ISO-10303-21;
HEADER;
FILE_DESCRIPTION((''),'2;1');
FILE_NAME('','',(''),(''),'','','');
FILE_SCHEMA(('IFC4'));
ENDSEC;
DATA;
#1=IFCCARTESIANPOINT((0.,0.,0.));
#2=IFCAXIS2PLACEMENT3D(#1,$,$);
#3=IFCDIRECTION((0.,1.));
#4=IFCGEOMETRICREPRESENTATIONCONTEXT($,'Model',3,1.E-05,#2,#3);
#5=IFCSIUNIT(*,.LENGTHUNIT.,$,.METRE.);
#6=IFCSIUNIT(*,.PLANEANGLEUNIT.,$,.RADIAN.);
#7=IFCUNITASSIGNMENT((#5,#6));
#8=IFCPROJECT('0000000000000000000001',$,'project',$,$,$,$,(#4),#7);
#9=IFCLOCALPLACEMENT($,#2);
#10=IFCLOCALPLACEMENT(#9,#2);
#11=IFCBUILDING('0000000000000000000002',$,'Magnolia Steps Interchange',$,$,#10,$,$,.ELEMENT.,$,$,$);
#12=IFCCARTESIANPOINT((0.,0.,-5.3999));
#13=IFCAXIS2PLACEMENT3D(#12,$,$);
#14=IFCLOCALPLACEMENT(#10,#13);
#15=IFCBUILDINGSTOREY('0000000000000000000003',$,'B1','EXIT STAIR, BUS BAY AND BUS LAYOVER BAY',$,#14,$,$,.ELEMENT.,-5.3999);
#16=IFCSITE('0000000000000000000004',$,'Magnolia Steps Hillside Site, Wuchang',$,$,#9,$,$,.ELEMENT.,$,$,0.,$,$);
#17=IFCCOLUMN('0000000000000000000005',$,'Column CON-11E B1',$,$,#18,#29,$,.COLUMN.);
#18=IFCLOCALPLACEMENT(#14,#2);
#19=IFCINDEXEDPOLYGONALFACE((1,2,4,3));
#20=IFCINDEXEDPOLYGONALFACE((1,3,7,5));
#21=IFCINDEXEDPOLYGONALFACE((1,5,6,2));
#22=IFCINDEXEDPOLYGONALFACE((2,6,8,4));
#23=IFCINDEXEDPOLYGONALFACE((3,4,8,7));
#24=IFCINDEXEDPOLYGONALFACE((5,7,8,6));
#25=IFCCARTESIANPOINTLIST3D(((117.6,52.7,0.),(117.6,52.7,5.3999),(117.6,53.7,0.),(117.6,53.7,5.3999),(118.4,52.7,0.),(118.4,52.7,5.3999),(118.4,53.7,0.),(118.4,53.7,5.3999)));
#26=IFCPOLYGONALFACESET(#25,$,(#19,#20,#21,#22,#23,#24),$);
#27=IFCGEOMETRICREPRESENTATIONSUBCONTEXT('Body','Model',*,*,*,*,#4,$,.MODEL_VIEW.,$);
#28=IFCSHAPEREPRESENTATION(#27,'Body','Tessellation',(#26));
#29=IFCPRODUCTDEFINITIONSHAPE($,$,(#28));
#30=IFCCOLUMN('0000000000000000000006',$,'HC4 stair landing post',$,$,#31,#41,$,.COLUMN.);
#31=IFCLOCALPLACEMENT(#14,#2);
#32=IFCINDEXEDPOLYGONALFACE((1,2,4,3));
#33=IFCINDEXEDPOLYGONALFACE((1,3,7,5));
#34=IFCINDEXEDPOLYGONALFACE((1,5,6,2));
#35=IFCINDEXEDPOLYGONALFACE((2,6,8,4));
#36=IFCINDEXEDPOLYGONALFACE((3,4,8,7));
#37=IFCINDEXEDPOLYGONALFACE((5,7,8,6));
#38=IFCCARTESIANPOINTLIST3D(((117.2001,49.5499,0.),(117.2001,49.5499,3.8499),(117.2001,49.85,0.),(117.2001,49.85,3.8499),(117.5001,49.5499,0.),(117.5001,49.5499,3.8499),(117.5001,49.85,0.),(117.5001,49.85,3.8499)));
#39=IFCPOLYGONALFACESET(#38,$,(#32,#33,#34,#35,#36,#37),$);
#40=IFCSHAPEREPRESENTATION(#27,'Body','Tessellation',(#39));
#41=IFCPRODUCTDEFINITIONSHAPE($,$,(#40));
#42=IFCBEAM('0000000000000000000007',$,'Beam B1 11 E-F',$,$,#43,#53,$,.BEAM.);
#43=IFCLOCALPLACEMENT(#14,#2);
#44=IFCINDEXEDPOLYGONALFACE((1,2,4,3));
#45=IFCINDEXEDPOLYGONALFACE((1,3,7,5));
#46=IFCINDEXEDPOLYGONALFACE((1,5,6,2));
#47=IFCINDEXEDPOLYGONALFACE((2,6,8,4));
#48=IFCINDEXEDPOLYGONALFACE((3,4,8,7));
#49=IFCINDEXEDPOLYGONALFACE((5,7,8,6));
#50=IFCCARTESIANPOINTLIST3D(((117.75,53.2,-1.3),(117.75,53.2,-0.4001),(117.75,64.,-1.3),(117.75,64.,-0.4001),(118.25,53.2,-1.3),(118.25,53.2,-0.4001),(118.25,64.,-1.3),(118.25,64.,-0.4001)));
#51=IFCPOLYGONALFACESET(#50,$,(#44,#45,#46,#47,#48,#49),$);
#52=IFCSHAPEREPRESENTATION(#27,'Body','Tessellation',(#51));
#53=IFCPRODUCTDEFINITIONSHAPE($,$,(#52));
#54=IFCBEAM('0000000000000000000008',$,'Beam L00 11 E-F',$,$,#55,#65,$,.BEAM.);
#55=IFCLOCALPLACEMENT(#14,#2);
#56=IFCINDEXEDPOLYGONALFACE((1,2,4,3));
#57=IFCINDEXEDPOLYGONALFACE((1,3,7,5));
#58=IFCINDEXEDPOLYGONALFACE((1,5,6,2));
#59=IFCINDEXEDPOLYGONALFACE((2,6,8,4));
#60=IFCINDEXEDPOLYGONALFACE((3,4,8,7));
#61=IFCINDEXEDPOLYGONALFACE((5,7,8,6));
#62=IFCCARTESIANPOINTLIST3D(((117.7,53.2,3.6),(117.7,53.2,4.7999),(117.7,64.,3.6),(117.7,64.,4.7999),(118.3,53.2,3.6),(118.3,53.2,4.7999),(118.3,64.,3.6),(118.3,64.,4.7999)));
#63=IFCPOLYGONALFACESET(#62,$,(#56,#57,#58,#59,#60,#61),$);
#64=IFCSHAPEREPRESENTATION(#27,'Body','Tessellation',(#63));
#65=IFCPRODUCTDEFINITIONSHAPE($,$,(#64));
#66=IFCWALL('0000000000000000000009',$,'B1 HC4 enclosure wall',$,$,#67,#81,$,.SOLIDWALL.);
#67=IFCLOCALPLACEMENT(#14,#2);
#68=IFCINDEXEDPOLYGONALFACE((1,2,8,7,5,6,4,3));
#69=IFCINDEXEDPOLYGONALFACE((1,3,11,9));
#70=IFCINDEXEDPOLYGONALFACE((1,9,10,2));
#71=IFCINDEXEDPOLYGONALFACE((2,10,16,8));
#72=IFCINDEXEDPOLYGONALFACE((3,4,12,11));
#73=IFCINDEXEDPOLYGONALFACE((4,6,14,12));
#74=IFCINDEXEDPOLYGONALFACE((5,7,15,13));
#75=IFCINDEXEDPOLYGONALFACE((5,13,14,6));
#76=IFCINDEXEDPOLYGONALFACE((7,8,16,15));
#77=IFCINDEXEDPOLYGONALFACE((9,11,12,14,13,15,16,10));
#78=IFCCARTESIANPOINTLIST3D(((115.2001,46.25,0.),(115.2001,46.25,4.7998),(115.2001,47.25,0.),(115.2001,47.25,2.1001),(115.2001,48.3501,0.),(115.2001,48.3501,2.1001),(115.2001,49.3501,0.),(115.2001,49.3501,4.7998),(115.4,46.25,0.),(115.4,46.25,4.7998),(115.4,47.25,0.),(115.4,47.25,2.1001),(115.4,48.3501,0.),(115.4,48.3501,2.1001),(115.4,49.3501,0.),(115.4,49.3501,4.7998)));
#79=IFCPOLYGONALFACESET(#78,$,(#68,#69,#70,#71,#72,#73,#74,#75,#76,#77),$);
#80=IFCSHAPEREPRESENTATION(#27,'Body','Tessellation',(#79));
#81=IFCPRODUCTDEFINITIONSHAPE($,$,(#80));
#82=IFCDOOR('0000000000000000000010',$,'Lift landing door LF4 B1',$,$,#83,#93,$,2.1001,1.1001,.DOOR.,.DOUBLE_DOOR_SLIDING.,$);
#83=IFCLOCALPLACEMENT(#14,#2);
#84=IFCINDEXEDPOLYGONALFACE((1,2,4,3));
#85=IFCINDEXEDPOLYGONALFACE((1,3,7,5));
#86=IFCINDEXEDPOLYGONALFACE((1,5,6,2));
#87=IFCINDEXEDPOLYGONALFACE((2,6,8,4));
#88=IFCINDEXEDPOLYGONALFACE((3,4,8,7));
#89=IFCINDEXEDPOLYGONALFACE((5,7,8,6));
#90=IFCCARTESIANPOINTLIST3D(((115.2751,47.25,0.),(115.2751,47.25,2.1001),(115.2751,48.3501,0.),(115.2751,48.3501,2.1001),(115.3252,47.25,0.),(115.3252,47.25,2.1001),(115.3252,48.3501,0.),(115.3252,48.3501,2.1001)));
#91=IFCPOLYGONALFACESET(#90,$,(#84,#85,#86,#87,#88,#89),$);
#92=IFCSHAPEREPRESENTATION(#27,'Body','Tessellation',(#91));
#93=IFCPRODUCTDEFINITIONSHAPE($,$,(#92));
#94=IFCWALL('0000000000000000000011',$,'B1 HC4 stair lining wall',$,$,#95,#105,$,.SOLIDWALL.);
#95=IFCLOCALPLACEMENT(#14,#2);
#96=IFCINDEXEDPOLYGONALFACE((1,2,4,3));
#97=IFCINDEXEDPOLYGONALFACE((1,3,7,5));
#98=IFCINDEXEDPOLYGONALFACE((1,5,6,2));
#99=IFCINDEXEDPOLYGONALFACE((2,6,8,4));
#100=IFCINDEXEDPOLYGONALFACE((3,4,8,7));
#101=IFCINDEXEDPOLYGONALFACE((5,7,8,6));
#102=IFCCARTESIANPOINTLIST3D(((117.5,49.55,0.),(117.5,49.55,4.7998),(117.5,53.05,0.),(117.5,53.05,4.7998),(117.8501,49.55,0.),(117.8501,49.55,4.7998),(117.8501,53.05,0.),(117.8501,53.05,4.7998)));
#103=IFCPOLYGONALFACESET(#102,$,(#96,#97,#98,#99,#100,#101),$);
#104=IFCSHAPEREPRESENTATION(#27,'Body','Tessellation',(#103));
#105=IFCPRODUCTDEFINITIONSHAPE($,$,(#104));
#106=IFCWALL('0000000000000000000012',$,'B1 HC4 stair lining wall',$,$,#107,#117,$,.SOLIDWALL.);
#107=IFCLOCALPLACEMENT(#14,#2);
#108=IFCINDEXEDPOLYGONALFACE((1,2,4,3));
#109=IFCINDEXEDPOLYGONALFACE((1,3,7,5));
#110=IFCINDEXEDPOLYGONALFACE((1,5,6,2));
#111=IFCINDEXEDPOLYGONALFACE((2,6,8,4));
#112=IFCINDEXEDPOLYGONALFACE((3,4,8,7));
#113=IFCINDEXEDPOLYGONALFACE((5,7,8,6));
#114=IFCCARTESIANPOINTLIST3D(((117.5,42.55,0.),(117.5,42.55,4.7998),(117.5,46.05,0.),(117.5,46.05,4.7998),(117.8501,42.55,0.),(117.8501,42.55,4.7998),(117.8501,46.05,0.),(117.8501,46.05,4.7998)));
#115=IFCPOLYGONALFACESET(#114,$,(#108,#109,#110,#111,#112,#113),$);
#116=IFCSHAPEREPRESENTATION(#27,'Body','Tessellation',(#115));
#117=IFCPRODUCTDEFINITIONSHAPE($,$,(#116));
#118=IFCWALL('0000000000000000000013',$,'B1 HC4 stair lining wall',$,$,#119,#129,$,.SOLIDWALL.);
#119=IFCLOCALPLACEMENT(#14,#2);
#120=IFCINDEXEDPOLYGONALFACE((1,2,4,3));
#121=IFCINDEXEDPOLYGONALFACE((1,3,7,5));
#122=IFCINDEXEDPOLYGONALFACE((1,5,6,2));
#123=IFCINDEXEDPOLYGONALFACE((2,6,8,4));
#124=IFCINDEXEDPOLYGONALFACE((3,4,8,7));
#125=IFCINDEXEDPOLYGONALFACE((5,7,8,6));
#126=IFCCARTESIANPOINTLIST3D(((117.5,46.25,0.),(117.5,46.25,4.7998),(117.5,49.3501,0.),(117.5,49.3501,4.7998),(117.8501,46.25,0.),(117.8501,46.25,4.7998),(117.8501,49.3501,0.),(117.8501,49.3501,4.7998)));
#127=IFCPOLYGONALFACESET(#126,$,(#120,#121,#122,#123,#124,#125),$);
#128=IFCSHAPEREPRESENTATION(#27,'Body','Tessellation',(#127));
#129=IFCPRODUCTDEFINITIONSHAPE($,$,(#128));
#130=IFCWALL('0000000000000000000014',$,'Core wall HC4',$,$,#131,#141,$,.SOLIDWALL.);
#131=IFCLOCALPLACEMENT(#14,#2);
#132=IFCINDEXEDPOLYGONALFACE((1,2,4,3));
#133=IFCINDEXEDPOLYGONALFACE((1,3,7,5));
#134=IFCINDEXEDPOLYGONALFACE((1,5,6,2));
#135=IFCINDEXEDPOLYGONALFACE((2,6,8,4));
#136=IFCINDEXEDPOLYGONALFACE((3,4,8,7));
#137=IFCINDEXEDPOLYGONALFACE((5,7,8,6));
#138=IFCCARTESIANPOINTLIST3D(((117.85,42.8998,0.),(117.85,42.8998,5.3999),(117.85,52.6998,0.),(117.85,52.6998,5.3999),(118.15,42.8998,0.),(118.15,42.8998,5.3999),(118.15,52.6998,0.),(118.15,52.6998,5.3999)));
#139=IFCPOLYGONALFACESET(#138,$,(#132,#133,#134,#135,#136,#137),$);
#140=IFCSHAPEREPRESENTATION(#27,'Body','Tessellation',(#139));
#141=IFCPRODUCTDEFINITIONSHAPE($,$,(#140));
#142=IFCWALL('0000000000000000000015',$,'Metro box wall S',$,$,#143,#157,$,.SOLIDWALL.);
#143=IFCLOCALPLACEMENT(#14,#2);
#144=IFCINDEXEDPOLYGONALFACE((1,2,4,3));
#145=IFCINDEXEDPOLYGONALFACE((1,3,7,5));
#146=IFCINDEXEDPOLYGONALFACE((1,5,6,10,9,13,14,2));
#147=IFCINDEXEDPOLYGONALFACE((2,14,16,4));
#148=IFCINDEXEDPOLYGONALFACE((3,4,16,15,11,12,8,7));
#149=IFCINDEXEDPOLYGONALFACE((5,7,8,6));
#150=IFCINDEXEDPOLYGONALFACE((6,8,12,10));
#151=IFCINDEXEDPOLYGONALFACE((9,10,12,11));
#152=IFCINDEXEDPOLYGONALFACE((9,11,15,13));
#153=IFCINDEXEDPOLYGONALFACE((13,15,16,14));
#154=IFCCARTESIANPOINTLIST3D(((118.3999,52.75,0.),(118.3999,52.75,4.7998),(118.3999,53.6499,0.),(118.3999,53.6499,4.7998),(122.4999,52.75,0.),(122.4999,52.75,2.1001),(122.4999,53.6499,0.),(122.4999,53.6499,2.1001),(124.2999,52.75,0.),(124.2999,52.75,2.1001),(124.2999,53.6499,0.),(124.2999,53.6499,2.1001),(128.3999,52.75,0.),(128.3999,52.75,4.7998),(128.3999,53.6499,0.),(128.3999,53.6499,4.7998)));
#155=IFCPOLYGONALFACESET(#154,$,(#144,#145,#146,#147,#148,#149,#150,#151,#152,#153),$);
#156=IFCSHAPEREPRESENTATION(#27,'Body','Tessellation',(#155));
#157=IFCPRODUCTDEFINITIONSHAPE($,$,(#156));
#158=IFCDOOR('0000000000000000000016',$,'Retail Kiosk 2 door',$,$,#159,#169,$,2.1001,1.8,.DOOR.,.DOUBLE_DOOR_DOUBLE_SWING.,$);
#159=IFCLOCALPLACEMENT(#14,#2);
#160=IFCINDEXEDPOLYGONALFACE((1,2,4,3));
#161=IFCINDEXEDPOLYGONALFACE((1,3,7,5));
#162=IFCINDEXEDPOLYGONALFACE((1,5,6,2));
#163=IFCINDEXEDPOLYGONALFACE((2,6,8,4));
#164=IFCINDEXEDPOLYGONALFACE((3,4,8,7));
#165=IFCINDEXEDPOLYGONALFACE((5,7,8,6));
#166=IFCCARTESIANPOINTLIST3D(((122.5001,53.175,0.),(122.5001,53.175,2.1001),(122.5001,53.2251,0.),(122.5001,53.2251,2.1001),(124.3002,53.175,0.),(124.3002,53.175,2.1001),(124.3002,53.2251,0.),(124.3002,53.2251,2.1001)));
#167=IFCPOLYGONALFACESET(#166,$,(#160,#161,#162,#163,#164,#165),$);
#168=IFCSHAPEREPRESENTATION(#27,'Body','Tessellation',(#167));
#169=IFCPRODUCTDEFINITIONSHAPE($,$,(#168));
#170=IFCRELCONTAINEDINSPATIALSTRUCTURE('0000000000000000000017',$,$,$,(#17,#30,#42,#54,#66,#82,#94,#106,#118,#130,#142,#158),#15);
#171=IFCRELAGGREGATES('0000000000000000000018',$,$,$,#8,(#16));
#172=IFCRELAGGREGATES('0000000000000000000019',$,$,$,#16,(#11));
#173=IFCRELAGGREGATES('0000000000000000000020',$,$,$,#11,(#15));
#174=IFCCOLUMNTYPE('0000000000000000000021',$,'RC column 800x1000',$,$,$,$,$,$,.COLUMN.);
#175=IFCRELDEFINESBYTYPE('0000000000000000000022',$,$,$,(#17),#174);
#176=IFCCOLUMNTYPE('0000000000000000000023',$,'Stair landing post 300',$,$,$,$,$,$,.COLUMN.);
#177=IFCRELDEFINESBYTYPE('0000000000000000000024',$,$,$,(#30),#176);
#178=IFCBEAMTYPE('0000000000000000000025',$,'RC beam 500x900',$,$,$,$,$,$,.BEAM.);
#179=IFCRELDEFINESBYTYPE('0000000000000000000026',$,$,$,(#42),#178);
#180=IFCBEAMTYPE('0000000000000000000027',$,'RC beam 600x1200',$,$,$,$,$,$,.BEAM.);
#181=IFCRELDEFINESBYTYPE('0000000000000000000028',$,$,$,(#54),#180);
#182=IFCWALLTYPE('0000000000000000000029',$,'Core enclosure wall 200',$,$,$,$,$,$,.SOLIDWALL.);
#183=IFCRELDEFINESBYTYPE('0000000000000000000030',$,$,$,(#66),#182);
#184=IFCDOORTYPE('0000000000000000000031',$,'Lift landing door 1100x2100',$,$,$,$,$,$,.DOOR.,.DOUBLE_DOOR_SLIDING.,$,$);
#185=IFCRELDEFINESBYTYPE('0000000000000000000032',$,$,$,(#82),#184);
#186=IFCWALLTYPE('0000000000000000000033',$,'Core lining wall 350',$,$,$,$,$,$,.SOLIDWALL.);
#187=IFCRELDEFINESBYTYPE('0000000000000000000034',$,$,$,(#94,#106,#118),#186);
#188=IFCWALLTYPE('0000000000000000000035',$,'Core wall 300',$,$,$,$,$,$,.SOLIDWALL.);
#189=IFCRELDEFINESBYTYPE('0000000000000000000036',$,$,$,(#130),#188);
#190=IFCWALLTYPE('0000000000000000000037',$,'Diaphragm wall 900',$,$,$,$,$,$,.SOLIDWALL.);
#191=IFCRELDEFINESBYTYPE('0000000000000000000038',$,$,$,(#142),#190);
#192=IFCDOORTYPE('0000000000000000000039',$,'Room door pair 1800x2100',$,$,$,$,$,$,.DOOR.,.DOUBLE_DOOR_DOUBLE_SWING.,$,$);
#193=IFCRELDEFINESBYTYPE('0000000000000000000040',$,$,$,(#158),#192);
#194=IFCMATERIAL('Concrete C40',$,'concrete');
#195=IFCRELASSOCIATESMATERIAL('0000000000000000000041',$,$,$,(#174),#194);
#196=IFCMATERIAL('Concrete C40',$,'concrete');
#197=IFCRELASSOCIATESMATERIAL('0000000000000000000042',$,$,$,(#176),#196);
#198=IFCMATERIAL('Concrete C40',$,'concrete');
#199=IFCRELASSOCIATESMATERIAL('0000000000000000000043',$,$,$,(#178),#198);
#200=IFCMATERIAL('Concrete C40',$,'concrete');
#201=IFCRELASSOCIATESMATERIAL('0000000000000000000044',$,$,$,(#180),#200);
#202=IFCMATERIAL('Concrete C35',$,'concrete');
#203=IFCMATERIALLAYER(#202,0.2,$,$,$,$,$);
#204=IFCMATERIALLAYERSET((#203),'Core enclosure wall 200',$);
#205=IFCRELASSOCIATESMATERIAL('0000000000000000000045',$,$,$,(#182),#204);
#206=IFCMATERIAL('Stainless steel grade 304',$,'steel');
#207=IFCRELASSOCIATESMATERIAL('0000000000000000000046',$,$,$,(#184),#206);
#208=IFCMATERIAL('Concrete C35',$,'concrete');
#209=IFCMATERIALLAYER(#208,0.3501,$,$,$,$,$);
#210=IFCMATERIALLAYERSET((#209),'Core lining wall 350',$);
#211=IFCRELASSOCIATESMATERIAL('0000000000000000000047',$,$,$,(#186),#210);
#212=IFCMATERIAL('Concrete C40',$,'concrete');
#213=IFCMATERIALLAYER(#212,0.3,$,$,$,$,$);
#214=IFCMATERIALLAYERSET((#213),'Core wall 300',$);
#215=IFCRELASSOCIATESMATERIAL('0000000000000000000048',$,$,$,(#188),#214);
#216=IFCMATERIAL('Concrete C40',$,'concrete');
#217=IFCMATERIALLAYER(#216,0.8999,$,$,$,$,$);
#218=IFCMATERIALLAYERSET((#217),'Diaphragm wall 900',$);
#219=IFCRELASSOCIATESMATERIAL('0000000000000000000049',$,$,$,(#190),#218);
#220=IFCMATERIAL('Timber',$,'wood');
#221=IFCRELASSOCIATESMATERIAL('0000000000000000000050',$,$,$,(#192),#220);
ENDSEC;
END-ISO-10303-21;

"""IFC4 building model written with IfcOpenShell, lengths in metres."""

from ifc_helpers import new_model, si_unit, direction, frame, frame_2d, origin, origin_2d, place, context, subcontext, project, spatial, rectangle, extrude, material, layer, layer_set, material_profile, profile_set, type_object, element, fill, save


model = new_model("IFC4")

# Units and contexts
model_context = context("Model", 3, precision=1e-05, world=origin(), true_north=direction((0.0, 1.0)))
body_context = subcontext(model_context, "Body", "Model", "MODEL_VIEW")
ifc_project = project(units=[si_unit("LENGTHUNIT", "METRE"), si_unit("PLANEANGLEUNIT", "RADIAN")], contexts=[model_context])

# Site, building, storey
site_placement = place(None, origin())
site = spatial("IfcSite", under=ifc_project, at=site_placement, Name="Magnolia Steps Hillside Site, Wuchang", CompositionType="ELEMENT", RefElevation=0.0)
building_placement = place(site_placement, origin())
building = spatial("IfcBuilding", under=site, at=building_placement, Name="Magnolia Steps Interchange", CompositionType="ELEMENT")
storey_placement = place(building_placement, frame((0.0, 0.0, -5.3999)))
storey = spatial("IfcBuildingStorey", under=building, at=storey_placement, Name="B1", Description="EXIT STAIR, BUS BAY AND BUS LAYOVER BAY", CompositionType="ELEMENT", Elevation=-5.3999)

# Columns
ifc_material_1 = material(Name="Concrete C40", Category="concrete")
ifc_material_profile_1 = material_profile(ifc_material_1, rectangle(XDim=0.8, YDim=1.0, at=origin_2d()), Name="RC800x1000")
ifc_profile_set_1 = profile_set([ifc_material_profile_1], Name="Concrete C40")
column_type_1 = type_object("IfcColumnType", Name="RC column 800x1000", PredefinedType="COLUMN", material=ifc_profile_set_1)
column_1_placement = place(storey_placement, frame((118.0, 53.2, 0.0), z_axis=(0.0, 0.0, 1.0), x_axis=(1.0, 0.0, 0.0)))
element("IfcColumn", 1, at=column_1_placement, inside=storey, type_object=column_type_1, Name="Column CON-11E B1", PredefinedType="COLUMN", context=body_context, shape_type="SweptSolid", body=[
    extrude(rectangle(XDim=0.8, YDim=1.0, at=origin_2d()), origin(), (0.0, 0.0, 1.0), 5.3999),
])
ifc_material_2 = material(Name="Concrete C40", Category="concrete")
ifc_material_profile_2 = material_profile(ifc_material_2, rectangle(XDim=0.3, YDim=0.3, at=origin_2d()), Name="RC300x300")
ifc_profile_set_2 = profile_set([ifc_material_profile_2], Name="Concrete C40")
column_type_2 = type_object("IfcColumnType", Name="Stair landing post 300", PredefinedType="COLUMN", material=ifc_profile_set_2)
column_2_placement = place(storey_placement, frame((117.3501, 49.7, 0.0), z_axis=(0.0, 0.0, 1.0), x_axis=(1.0, 0.0, 0.0)))
element("IfcColumn", 2, at=column_2_placement, inside=storey, type_object=column_type_2, Name="HC4 stair landing post", PredefinedType="COLUMN", context=body_context, shape_type="SweptSolid", body=[
    extrude(rectangle(XDim=0.3, YDim=0.3, at=origin_2d()), origin(), (0.0, 0.0, 1.0), 3.8499),
])

# Beams
ifc_material_3 = material(Name="Concrete C40", Category="concrete")
ifc_material_profile_3 = material_profile(ifc_material_3, rectangle(XDim=0.5, YDim=0.8999, at=origin_2d()), Name="RC500x900")
ifc_profile_set_3 = profile_set([ifc_material_profile_3], Name="Concrete C40")
beam_type_1 = type_object("IfcBeamType", Name="RC beam 500x900", PredefinedType="BEAM", material=ifc_profile_set_3)
beam_1_placement = place(storey_placement, frame((118.0, 53.2, -0.8501), z_axis=(0.0, 1.0, 0.0), x_axis=(-1.0, 0.0, 0.0)))
element("IfcBeam", 3, at=beam_1_placement, inside=storey, type_object=beam_type_1, Name="Beam B1 11 E-F", PredefinedType="BEAM", context=body_context, shape_type="SweptSolid", body=[
    extrude(rectangle(XDim=0.5, YDim=0.8999, at=origin_2d()), origin(), (0.0, 0.0, 1.0), 10.8),
])
ifc_material_4 = material(Name="Concrete C40", Category="concrete")
ifc_material_profile_4 = material_profile(ifc_material_4, rectangle(XDim=0.6001, YDim=1.2, at=origin_2d()), Name="RC600x1200")
ifc_profile_set_4 = profile_set([ifc_material_profile_4], Name="Concrete C40")
beam_type_2 = type_object("IfcBeamType", Name="RC beam 600x1200", PredefinedType="BEAM", material=ifc_profile_set_4)
beam_2_placement = place(storey_placement, frame((118.0, 53.2, 4.2), z_axis=(0.0, 1.0, 0.0), x_axis=(-1.0, 0.0, 0.0)))
element("IfcBeam", 4, at=beam_2_placement, inside=storey, type_object=beam_type_2, Name="Beam L00 11 E-F", PredefinedType="BEAM", context=body_context, shape_type="SweptSolid", body=[
    extrude(rectangle(XDim=0.6001, YDim=1.2, at=origin_2d()), origin(), (0.0, 0.0, 1.0), 10.8),
])

# Wall, opening, door
ifc_material_5 = material(Name="Concrete C35", Category="concrete")
ifc_layer_1 = layer(ifc_material_5, 0.2)
ifc_layer_set_1 = layer_set([ifc_layer_1], Name="Core enclosure wall 200")
wall_type_1 = type_object("IfcWallType", Name="Core enclosure wall 200", PredefinedType="SOLIDWALL", material=ifc_layer_set_1)
wall_1_placement = place(storey_placement, frame((115.3, 49.3501, 0.0), z_axis=(0.0, 0.0, 1.0), x_axis=(0.0, -1.0, 0.0)))
wall_1 = element("IfcWall", 5, at=wall_1_placement, inside=storey, type_object=wall_type_1, Name="B1 HC4 enclosure wall", PredefinedType="SOLIDWALL", context=body_context, shape_type="SweptSolid", body=[
    extrude(rectangle(XDim=3.1001, YDim=0.2, at=frame_2d((1.55, 0.0))), origin(), (0.0, 0.0, 1.0), 4.7998),
])
opening_1_placement = place(wall_1_placement, frame((1.0, 0.0, 0.0)))
opening_1 = element("IfcOpeningElement", 6, at=opening_1_placement, cuts=wall_1, PredefinedType="OPENING", context=body_context, shape_type="SweptSolid", body=[
    extrude(rectangle(XDim=1.1001, YDim=2.1001, at=frame_2d((0.55, 1.05))), frame((0.0, 0.1099, 0.0), z_axis=(0.0, -1.0, 0.0), x_axis=(1.0, 0.0, 0.0)), (0.0, 0.0, 1.0), 0.22),
])
ifc_material_6 = material(Name="Stainless steel grade 304", Category="steel")
door_type_1 = type_object("IfcDoorType", Name="Lift landing door 1100x2100", OperationType="DOUBLE_DOOR_SLIDING", PredefinedType="DOOR", material=ifc_material_6)
door_1_placement = place(opening_1_placement, frame((1.1001, 0.0, 0.0), z_axis=(0.0, 0.0, 1.0), x_axis=(-1.0, 0.0, 0.0)))
door_1 = element("IfcDoor", 7, at=door_1_placement, inside=storey, type_object=door_type_1, Name="Lift landing door LF4 B1", OperationType="DOUBLE_DOOR_SLIDING", OverallHeight=2.1001, OverallWidth=1.1001, PredefinedType="DOOR", context=body_context, shape_type="SweptSolid", body=[
    extrude(rectangle(XDim=1.1001, YDim=2.1001, at=frame_2d((0.55, 1.05))), frame((0.0, 0.0249, 0.0), z_axis=(0.0, -1.0, 0.0), x_axis=(1.0, 0.0, 0.0)), (0.0, 0.0, 1.0), 0.05),
])
fill(opening_1, door_1)

# Walls
ifc_material_7 = material(Name="Concrete C35", Category="concrete")
ifc_layer_2 = layer(ifc_material_7, 0.3501)
ifc_layer_set_2 = layer_set([ifc_layer_2], Name="Core lining wall 350")
wall_type_2 = type_object("IfcWallType", Name="Core lining wall 350", PredefinedType="SOLIDWALL", material=ifc_layer_set_2)
for number, where, z_axis, x_axis, name in (
    (8, (117.675, 53.05, 0.0), (0.0, 0.0, 1.0), (0.0, -1.0, 0.0), "B1 HC4 stair lining wall"),
    (9, (117.675, 46.05, 0.0), (0.0, 0.0, 1.0), (0.0, -1.0, 0.0), "B1 HC4 stair lining wall"),
):
    element("IfcWall", number, at=place(storey_placement, frame(where, z_axis=z_axis, x_axis=x_axis)), inside=storey, type_object=wall_type_2, Name=name, PredefinedType="SOLIDWALL", context=body_context, shape_type="SweptSolid", body=[
        extrude(rectangle(XDim=3.5, YDim=0.3501, at=frame_2d((1.75, 0.0))), origin(), (0.0, 0.0, 1.0), 4.7998),
    ])
wall_2_placement = place(storey_placement, frame((117.675, 49.3501, 0.0), z_axis=(0.0, 0.0, 1.0), x_axis=(0.0, -1.0, 0.0)))
element("IfcWall", 10, at=wall_2_placement, inside=storey, type_object=wall_type_2, Name="B1 HC4 stair lining wall", PredefinedType="SOLIDWALL", context=body_context, shape_type="SweptSolid", body=[
    extrude(rectangle(XDim=3.1001, YDim=0.3501, at=frame_2d((1.55, 0.0))), origin(), (0.0, 0.0, 1.0), 4.7998),
])
ifc_material_8 = material(Name="Concrete C40", Category="concrete")
ifc_layer_3 = layer(ifc_material_8, 0.3)
ifc_layer_set_3 = layer_set([ifc_layer_3], Name="Core wall 300")
wall_type_3 = type_object("IfcWallType", Name="Core wall 300", PredefinedType="SOLIDWALL", material=ifc_layer_set_3)
wall_3_placement = place(storey_placement, frame((118.0, 42.8999, 0.0), z_axis=(0.0, 0.0, 1.0), x_axis=(0.0, 1.0, 0.0)))
element("IfcWall", 11, at=wall_3_placement, inside=storey, type_object=wall_type_3, Name="Core wall HC4", PredefinedType="SOLIDWALL", context=body_context, shape_type="SweptSolid", body=[
    extrude(rectangle(XDim=9.8, YDim=0.3, at=frame_2d((4.8999, 0.0))), origin(), (0.0, 0.0, 1.0), 5.3999),
])

# Wall, opening, door
ifc_material_9 = material(Name="Concrete C40", Category="concrete")
ifc_layer_4 = layer(ifc_material_9, 0.8999)
ifc_layer_set_4 = layer_set([ifc_layer_4], Name="Diaphragm wall 900")
wall_type_4 = type_object("IfcWallType", Name="Diaphragm wall 900", PredefinedType="SOLIDWALL", material=ifc_layer_set_4)
wall_4_placement = place(storey_placement, frame((118.3999, 53.2, 0.0), z_axis=(0.0, 0.0, 1.0), x_axis=(1.0, 0.0, 0.0)))
wall_4 = element("IfcWall", 12, at=wall_4_placement, inside=storey, type_object=wall_type_4, Name="Metro box wall S", PredefinedType="SOLIDWALL", context=body_context, shape_type="SweptSolid", body=[
    extrude(rectangle(XDim=10.0, YDim=0.8999, at=frame_2d((5.0, 0.0))), origin(), (0.0, 0.0, 1.0), 4.7998),
])
opening_2_placement = place(wall_4_placement, frame((4.1001, 0.0, 0.0)))
opening_2 = element("IfcOpeningElement", 13, at=opening_2_placement, cuts=wall_4, PredefinedType="OPENING", context=body_context, shape_type="SweptSolid", body=[
    extrude(rectangle(XDim=1.8, YDim=2.1001, at=frame_2d((0.8999, 1.05))), frame((0.0, 0.46, 0.0), z_axis=(0.0, -1.0, 0.0), x_axis=(1.0, 0.0, 0.0)), (0.0, 0.0, 1.0), 0.9199),
])
ifc_material_10 = material(Name="Timber", Category="wood")
door_type_2 = type_object("IfcDoorType", Name="Room door pair 1800x2100", OperationType="DOUBLE_DOOR_DOUBLE_SWING", PredefinedType="DOOR", material=ifc_material_10)
door_2_placement = place(opening_2_placement, frame((1.8, 0.0, 0.0), z_axis=(0.0, 0.0, 1.0), x_axis=(-1.0, 0.0, 0.0)))
door_2 = element("IfcDoor", 14, at=door_2_placement, inside=storey, type_object=door_type_2, Name="Retail Kiosk 2 door", OperationType="DOUBLE_DOOR_DOUBLE_SWING", OverallHeight=2.1001, OverallWidth=1.8, PredefinedType="DOOR", context=body_context, shape_type="SweptSolid", body=[
    extrude(rectangle(XDim=1.8, YDim=2.1001, at=frame_2d((0.8999, 1.05))), frame((0.0, 0.0249, 0.0), z_axis=(0.0, -1.0, 0.0), x_axis=(1.0, 0.0, 0.0)), (0.0, 0.0, 1.0), 0.05),
])
fill(opening_2, door_2)

save(model, "model.ifc")
